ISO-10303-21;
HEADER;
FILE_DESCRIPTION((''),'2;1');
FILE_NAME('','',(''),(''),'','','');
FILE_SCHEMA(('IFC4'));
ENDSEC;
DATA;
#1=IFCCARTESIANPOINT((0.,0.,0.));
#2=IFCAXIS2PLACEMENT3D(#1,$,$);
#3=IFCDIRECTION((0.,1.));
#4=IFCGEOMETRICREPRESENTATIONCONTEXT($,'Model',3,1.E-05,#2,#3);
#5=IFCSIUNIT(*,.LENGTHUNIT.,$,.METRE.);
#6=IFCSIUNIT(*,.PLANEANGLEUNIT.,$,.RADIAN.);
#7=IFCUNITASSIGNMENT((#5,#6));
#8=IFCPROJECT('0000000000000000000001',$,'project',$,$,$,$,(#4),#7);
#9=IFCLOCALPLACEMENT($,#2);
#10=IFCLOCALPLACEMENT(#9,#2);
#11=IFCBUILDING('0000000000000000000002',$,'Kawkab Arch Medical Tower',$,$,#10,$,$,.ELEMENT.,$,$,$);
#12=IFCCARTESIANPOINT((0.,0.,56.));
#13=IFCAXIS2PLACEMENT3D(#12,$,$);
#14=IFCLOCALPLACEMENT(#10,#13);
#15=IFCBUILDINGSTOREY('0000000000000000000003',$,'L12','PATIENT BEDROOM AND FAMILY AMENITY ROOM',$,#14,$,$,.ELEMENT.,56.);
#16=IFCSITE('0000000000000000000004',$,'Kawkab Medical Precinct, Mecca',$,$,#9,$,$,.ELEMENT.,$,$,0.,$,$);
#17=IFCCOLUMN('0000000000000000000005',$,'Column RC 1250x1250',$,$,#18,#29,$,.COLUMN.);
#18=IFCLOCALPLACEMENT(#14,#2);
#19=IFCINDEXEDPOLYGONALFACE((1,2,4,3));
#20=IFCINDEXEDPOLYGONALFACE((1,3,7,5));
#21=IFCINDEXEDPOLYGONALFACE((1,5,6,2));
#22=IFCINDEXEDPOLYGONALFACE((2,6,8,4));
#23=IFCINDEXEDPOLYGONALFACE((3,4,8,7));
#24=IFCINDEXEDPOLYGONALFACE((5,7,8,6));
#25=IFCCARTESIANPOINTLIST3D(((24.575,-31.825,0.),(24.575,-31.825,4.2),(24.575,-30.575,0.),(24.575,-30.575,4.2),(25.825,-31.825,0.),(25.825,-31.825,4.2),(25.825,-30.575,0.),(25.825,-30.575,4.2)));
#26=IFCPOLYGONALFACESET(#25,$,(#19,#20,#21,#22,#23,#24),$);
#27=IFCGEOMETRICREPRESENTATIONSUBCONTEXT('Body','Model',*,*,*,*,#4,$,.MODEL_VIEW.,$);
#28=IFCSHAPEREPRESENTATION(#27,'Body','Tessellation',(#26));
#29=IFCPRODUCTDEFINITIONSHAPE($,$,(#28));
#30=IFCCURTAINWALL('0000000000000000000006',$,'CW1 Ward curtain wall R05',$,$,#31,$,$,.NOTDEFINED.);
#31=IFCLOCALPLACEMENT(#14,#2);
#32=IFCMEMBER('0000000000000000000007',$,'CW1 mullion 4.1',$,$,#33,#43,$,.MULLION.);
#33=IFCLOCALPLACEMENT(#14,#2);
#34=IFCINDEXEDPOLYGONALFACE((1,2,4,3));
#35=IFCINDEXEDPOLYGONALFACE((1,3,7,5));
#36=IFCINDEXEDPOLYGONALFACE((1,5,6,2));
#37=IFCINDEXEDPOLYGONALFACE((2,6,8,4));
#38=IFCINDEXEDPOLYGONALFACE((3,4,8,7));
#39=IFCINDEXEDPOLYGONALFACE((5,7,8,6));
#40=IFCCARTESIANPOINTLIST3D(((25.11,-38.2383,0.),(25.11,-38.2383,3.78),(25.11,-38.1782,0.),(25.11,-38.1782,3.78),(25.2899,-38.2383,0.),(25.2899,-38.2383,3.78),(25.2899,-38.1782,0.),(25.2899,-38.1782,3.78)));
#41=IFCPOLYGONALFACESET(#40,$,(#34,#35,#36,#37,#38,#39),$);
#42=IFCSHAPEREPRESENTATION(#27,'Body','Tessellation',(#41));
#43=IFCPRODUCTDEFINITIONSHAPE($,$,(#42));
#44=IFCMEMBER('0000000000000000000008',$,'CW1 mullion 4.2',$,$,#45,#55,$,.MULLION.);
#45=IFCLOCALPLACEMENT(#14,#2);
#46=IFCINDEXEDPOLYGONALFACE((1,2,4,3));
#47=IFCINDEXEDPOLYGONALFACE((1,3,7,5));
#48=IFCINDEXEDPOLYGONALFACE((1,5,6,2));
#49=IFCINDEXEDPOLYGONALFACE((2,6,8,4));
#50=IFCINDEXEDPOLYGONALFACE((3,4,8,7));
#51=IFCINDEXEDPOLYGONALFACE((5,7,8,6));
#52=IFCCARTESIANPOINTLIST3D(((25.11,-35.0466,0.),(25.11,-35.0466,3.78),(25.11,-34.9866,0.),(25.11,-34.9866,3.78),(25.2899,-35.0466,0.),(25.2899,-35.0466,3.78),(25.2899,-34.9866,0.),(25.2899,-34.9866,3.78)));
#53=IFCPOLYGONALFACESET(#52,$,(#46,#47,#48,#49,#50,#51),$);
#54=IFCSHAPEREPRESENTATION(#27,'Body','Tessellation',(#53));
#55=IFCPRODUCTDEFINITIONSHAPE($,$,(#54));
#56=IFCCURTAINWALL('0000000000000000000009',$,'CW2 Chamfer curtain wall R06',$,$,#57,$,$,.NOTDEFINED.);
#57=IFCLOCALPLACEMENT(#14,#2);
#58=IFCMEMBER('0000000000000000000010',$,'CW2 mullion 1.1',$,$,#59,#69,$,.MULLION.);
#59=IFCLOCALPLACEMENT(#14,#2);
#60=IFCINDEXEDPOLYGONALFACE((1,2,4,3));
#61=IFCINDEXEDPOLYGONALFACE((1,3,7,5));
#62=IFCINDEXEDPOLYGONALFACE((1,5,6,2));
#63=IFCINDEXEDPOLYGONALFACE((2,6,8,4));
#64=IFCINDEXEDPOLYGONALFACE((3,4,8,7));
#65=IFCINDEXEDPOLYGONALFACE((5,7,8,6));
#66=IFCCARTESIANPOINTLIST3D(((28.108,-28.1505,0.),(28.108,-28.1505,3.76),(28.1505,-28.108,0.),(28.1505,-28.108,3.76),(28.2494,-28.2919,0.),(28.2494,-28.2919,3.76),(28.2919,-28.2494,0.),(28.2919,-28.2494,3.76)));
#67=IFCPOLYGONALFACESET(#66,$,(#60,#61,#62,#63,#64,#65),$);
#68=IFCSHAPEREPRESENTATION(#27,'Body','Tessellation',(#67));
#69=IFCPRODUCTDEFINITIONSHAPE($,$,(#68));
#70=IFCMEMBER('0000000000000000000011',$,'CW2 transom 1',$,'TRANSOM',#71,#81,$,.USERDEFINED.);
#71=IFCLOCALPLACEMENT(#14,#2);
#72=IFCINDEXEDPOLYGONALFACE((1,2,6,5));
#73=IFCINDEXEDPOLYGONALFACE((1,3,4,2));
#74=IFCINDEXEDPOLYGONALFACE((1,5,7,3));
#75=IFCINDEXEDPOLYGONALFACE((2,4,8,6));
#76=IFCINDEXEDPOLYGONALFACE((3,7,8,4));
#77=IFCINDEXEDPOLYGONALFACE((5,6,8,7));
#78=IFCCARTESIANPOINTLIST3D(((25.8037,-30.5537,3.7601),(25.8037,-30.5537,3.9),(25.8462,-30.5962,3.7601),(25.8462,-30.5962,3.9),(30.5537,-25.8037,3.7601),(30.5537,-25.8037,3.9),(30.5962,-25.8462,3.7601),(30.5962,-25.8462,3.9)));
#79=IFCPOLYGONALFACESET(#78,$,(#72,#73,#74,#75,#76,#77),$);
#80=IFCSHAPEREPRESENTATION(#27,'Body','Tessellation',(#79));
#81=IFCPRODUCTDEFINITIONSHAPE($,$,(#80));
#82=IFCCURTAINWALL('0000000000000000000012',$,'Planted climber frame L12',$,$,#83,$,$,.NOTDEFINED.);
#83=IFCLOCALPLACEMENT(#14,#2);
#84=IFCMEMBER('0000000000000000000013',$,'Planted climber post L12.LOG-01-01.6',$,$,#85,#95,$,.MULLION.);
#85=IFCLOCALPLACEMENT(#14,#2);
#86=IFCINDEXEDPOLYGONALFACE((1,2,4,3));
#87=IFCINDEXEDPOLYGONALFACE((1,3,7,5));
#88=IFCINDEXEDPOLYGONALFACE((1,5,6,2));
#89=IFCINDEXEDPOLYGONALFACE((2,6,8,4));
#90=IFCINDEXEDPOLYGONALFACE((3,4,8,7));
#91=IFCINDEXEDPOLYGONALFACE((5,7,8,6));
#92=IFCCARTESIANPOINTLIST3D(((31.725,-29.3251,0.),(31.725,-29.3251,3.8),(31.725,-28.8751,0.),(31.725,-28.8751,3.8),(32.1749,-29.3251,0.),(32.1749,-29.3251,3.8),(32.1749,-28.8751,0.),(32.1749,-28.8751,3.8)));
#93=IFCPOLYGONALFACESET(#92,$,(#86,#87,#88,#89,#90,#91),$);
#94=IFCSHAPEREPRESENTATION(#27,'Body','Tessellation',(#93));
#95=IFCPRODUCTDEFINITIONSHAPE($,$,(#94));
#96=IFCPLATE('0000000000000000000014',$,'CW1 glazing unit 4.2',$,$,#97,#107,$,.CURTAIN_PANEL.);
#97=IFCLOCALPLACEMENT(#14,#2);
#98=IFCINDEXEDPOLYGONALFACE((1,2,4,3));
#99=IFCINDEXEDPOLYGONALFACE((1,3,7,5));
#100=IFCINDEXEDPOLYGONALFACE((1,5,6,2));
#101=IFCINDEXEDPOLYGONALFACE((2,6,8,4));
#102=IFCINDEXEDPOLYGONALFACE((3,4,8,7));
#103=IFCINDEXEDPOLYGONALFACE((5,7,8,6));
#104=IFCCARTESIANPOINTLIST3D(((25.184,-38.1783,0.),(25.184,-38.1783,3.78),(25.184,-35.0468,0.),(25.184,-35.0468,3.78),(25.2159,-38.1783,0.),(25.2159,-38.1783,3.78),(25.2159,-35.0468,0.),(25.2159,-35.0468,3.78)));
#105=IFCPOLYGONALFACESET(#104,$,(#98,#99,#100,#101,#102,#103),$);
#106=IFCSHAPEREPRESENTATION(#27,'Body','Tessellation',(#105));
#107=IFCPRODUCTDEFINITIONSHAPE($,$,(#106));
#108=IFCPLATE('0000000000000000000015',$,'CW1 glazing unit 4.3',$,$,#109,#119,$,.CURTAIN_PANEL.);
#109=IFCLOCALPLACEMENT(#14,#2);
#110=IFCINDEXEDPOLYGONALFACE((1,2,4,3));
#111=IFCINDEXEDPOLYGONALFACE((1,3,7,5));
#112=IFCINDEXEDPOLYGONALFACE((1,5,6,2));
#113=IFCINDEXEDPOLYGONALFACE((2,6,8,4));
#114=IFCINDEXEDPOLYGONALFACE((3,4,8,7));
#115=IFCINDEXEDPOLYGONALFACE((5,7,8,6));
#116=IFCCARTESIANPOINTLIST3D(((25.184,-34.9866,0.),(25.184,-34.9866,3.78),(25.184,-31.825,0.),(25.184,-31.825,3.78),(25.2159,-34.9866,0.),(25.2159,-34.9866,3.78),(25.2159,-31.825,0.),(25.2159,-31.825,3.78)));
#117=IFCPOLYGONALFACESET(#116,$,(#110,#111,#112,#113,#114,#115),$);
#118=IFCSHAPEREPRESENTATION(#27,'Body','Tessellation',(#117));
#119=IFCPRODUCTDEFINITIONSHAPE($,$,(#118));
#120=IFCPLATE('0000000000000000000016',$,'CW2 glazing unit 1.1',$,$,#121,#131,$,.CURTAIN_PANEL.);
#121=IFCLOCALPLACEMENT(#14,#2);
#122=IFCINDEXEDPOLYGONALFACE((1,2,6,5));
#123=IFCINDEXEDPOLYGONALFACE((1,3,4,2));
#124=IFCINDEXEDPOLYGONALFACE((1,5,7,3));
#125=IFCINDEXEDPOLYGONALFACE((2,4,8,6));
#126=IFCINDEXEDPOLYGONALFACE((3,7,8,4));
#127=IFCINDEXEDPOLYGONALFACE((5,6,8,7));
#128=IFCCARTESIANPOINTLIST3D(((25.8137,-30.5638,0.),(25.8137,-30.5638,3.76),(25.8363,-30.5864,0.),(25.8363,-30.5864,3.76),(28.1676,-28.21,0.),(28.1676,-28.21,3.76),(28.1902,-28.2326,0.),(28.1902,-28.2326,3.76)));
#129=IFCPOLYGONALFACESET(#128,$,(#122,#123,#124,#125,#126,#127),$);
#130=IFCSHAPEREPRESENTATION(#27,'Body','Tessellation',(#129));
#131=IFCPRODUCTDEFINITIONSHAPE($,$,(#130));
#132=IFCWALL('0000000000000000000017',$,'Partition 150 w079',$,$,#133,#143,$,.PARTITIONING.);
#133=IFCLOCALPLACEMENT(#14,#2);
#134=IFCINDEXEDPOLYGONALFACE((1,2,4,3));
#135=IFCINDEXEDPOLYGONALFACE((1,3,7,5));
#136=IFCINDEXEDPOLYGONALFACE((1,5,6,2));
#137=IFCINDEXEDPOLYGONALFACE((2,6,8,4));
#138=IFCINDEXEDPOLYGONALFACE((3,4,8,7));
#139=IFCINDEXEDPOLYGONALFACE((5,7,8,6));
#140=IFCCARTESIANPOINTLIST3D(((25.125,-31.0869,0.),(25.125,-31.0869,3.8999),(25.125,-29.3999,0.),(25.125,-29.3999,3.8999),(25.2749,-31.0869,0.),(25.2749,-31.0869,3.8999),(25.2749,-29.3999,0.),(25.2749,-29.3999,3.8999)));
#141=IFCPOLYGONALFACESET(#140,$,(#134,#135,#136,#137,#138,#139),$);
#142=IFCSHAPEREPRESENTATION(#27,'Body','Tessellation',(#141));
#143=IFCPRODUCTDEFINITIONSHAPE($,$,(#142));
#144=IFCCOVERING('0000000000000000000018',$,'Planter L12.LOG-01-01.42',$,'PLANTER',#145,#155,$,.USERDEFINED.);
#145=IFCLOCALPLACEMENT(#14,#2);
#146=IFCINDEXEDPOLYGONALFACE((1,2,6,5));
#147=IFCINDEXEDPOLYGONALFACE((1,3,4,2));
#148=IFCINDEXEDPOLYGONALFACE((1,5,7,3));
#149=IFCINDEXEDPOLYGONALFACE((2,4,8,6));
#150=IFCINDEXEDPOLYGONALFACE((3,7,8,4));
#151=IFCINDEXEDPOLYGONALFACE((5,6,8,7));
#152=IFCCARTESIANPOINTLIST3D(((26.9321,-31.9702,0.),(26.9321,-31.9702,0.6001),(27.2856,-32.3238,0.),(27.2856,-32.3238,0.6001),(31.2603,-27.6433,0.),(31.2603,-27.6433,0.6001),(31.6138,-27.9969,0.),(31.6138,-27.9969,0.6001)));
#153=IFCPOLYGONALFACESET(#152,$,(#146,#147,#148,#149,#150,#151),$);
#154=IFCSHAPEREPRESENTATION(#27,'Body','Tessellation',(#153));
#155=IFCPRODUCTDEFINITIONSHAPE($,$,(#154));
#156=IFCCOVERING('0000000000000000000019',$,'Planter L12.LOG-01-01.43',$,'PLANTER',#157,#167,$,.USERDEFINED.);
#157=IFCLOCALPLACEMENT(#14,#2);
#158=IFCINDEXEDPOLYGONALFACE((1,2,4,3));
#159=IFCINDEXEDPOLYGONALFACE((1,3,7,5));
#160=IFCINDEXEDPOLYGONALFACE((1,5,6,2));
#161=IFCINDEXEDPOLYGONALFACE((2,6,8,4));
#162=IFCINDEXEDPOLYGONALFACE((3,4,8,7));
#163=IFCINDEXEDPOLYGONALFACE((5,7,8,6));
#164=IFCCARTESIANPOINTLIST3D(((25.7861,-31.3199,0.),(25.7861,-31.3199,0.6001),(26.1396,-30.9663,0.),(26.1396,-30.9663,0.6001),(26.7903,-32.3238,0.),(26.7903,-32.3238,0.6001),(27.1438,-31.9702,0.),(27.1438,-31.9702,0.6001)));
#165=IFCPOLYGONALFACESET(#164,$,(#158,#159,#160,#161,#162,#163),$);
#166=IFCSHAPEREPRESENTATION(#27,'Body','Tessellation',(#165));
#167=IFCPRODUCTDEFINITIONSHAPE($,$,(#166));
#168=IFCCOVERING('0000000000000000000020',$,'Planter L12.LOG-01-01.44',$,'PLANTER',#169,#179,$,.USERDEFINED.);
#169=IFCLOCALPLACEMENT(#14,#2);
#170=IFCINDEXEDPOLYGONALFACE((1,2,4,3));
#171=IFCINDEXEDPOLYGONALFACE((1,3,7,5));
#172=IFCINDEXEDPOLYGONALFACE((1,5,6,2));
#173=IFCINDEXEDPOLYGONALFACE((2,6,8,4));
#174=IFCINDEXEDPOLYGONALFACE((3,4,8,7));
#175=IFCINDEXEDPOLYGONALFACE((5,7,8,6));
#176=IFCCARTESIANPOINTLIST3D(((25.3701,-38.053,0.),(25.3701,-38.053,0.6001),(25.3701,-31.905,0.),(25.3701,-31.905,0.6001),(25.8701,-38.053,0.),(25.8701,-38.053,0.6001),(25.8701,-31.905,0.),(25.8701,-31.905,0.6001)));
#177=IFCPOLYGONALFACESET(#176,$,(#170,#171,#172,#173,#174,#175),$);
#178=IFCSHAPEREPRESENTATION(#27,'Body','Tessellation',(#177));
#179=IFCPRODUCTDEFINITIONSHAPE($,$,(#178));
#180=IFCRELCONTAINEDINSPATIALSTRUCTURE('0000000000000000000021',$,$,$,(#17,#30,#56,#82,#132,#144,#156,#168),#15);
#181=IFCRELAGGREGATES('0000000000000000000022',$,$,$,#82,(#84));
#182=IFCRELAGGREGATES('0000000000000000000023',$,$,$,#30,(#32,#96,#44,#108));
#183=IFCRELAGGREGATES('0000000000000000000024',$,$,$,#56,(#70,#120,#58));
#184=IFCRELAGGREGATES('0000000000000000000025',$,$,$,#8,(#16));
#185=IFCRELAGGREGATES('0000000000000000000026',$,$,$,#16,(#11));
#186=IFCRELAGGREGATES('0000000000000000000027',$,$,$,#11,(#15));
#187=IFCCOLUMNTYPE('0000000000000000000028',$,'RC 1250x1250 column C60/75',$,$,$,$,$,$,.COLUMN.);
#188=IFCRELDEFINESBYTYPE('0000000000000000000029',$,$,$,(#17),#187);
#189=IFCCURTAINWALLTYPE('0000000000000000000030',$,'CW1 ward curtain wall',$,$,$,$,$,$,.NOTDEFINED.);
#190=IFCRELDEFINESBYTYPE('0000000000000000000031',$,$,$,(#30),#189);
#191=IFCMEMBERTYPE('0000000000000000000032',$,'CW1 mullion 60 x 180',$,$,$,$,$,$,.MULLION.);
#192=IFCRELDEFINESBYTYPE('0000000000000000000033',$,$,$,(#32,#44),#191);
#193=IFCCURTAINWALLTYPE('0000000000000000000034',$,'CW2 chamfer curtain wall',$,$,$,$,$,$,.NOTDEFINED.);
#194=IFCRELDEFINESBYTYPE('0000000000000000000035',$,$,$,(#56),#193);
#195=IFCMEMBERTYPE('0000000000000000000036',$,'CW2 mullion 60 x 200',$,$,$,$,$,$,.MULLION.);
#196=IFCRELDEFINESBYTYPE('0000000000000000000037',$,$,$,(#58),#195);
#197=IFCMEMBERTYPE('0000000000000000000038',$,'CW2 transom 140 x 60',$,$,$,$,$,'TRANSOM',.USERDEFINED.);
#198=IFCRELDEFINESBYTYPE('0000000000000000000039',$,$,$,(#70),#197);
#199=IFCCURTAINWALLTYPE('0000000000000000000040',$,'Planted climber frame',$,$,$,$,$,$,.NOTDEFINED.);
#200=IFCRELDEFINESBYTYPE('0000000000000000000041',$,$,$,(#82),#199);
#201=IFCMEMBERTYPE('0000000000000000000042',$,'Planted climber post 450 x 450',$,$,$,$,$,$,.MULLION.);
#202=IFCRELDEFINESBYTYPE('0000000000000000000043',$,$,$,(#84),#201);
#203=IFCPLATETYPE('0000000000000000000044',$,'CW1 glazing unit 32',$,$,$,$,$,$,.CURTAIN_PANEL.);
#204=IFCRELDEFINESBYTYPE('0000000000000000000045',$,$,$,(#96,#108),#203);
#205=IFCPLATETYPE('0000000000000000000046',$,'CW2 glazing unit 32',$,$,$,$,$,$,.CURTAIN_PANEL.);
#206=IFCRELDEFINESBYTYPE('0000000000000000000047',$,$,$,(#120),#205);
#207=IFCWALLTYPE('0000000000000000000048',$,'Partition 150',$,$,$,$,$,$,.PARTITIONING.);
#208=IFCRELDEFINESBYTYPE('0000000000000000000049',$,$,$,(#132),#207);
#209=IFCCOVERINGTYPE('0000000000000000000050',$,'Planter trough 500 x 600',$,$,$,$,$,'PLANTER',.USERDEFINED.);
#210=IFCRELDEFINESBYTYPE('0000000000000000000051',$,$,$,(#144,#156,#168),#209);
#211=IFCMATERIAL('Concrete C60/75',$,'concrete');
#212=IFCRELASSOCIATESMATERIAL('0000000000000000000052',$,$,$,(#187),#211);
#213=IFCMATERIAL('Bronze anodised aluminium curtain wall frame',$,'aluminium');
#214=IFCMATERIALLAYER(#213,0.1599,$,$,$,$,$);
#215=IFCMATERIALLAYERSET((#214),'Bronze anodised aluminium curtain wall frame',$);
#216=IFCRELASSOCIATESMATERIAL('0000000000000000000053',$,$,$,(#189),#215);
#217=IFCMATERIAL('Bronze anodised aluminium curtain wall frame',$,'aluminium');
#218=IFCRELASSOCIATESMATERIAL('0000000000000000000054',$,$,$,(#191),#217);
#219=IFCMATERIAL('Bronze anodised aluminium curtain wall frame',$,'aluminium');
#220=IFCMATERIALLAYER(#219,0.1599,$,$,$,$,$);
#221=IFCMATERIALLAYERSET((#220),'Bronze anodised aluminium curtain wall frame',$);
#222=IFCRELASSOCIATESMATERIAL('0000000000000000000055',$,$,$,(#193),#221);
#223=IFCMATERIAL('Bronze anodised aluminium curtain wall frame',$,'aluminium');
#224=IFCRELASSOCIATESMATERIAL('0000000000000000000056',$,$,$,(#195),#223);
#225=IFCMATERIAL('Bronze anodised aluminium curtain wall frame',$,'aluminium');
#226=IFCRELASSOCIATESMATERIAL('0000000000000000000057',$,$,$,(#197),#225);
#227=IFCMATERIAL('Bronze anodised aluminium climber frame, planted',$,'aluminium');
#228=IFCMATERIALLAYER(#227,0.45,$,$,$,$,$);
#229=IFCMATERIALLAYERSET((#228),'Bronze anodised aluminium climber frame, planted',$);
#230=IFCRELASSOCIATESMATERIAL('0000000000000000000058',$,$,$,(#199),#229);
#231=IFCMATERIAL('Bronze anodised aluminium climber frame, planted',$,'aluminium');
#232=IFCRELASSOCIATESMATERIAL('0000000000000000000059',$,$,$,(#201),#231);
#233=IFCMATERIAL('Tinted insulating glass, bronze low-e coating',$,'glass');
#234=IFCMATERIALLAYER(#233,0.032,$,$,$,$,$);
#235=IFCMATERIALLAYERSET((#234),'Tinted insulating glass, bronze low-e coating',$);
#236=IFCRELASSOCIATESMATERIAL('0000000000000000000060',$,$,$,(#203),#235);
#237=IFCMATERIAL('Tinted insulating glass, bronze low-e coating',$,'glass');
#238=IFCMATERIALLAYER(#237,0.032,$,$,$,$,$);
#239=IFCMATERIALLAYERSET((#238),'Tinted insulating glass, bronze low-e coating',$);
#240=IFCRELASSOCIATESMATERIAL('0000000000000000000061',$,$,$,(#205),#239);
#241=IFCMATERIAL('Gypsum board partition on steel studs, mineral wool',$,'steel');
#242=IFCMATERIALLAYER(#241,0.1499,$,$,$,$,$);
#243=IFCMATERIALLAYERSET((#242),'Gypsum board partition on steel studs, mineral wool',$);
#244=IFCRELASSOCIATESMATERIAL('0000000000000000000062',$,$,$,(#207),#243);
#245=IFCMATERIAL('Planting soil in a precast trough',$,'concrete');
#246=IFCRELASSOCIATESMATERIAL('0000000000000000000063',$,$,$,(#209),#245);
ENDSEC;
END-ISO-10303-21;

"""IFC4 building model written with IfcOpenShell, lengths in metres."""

from ifc_helpers import new_model, si_unit, direction, frame, frame_2d, origin, origin_2d, place, context, subcontext, project, spatial, rectangle, extrude, material, layer, layer_set, material_profile, profile_set, type_object, element, aggregate, save


model = new_model("IFC4")

# Units and contexts
model_context = context("Model", 3, precision=1e-05, world=origin(), true_north=direction((0.0, 1.0)))
body_context = subcontext(model_context, "Body", "Model", "MODEL_VIEW")
ifc_project = project(units=[si_unit("LENGTHUNIT", "METRE"), si_unit("PLANEANGLEUNIT", "RADIAN")], contexts=[model_context])

# Site, building, storey
site_placement = place(None, origin())
site = spatial("IfcSite", under=ifc_project, at=site_placement, Name="Kawkab Medical Precinct, Mecca", CompositionType="ELEMENT", RefElevation=0.0)
building_placement = place(site_placement, origin())
building = spatial("IfcBuilding", under=site, at=building_placement, Name="Kawkab Arch Medical Tower", CompositionType="ELEMENT")
storey_placement = place(building_placement, frame((0.0, 0.0, 56.0)))
storey = spatial("IfcBuildingStorey", under=building, at=storey_placement, Name="L12", Description="PATIENT BEDROOM AND FAMILY AMENITY ROOM", CompositionType="ELEMENT", Elevation=56.0)

# Column
ifc_material_1 = material(Name="Concrete C60/75", Category="concrete")
ifc_material_profile_1 = material_profile(ifc_material_1, rectangle(XDim=1.25, YDim=1.25, at=origin_2d()), Name="RC 1250x1250")
ifc_profile_set_1 = profile_set([ifc_material_profile_1], Name="Concrete C60/75")
column_type = type_object("IfcColumnType", Name="RC 1250x1250 column C60/75", PredefinedType="COLUMN", material=ifc_profile_set_1)
column_placement = place(storey_placement, frame((25.2, -31.2, 0.0), z_axis=(0.0, 0.0, 1.0), x_axis=(1.0, 0.0, 0.0)))
element("IfcColumn", 1, at=column_placement, inside=storey, type_object=column_type, Name="Column RC 1250x1250", PredefinedType="COLUMN", context=body_context, shape_type="SweptSolid", body=[
    extrude(rectangle(XDim=1.25, YDim=1.25, at=origin_2d()), origin(), (0.0, 0.0, 1.0), 4.2),
])

# Curtain walls, members
ifc_material_2 = material(Name="Bronze anodised aluminium curtain wall frame", Category="aluminium")
ifc_layer_1 = layer(ifc_material_2, 0.1599)
ifc_layer_set_1 = layer_set([ifc_layer_1], Name="Bronze anodised aluminium curtain wall frame")
curtain_wall_type_1 = type_object("IfcCurtainWallType", Name="CW1 ward curtain wall", PredefinedType="NOTDEFINED", material=ifc_layer_set_1)
placement = place(storey_placement, origin())
curtain_wall_1 = element("IfcCurtainWall", 2, at=placement, inside=storey, type_object=curtain_wall_type_1, Name="CW1 Ward curtain wall R05", PredefinedType="NOTDEFINED")
ifc_material_3 = material(Name="Bronze anodised aluminium curtain wall frame", Category="aluminium")
ifc_material_profile_2 = material_profile(ifc_material_3, rectangle(XDim=0.1799, YDim=0.0601, at=origin_2d()), Name="AL 60x180")
ifc_profile_set_2 = profile_set([ifc_material_profile_2], Name="Bronze anodised aluminium curtain wall frame")
member_type_1 = type_object("IfcMemberType", Name="CW1 mullion 60 x 180", PredefinedType="MULLION", material=ifc_profile_set_2)
member_1_placement = place(storey_placement, frame((25.2, -38.2083, 0.0), z_axis=(0.0, 0.0, 1.0), x_axis=(-1.0, 0.0, 0.0)))
member_1 = element("IfcMember", 3, at=member_1_placement, type_object=member_type_1, Name="CW1 mullion 4.1", PredefinedType="MULLION", context=body_context, shape_type="SweptSolid", body=[
    extrude(rectangle(XDim=0.1799, YDim=0.0601, at=origin_2d()), origin(), (0.0, 0.0, 1.0), 3.78),
])
member_2_placement = place(storey_placement, frame((25.2, -35.0166, 0.0), z_axis=(0.0, 0.0, 1.0), x_axis=(-1.0, 0.0, 0.0)))
member_2 = element("IfcMember", 4, at=member_2_placement, type_object=member_type_1, Name="CW1 mullion 4.2", PredefinedType="MULLION", context=body_context, shape_type="SweptSolid", body=[
    extrude(rectangle(XDim=0.1799, YDim=0.0601, at=origin_2d()), origin(), (0.0, 0.0, 1.0), 3.78),
])
ifc_material_4 = material(Name="Bronze anodised aluminium curtain wall frame", Category="aluminium")
ifc_layer_2 = layer(ifc_material_4, 0.1599)
ifc_layer_set_2 = layer_set([ifc_layer_2], Name="Bronze anodised aluminium curtain wall frame")
curtain_wall_type_2 = type_object("IfcCurtainWallType", Name="CW2 chamfer curtain wall", PredefinedType="NOTDEFINED", material=ifc_layer_set_2)
curtain_wall_2 = element("IfcCurtainWall", 5, at=placement, inside=storey, type_object=curtain_wall_type_2, Name="CW2 Chamfer curtain wall R06", PredefinedType="NOTDEFINED")
ifc_material_5 = material(Name="Bronze anodised aluminium curtain wall frame", Category="aluminium")
ifc_material_profile_3 = material_profile(ifc_material_5, rectangle(XDim=0.2, YDim=0.0601, at=origin_2d()), Name="AL 60x200")
ifc_profile_set_3 = profile_set([ifc_material_profile_3], Name="Bronze anodised aluminium curtain wall frame")
member_type_2 = type_object("IfcMemberType", Name="CW2 mullion 60 x 200", PredefinedType="MULLION", material=ifc_profile_set_3)
member_3_placement = place(storey_placement, frame((28.2, -28.2, 0.0), z_axis=(0.0, 0.0, 1.0), x_axis=(-0.707107, 0.707107, 0.0)))
member_3 = element("IfcMember", 6, at=member_3_placement, type_object=member_type_2, Name="CW2 mullion 1.1", PredefinedType="MULLION", context=body_context, shape_type="SweptSolid", body=[
    extrude(rectangle(XDim=0.2, YDim=0.0601, at=origin_2d()), origin(), (0.0, 0.0, 1.0), 3.76),
])
ifc_material_6 = material(Name="Bronze anodised aluminium curtain wall frame", Category="aluminium")
ifc_material_profile_4 = material_profile(ifc_material_6, rectangle(XDim=0.0601, YDim=0.1399, at=origin_2d()), Name="AL 60x140")
ifc_profile_set_4 = profile_set([ifc_material_profile_4], Name="Bronze anodised aluminium curtain wall frame")
member_type_3 = type_object("IfcMemberType", Name="CW2 transom 140 x 60", ElementType="TRANSOM", PredefinedType="USERDEFINED", material=ifc_profile_set_4)
member_4_placement = place(storey_placement, frame((25.825, -30.575, 3.8301), z_axis=(0.707107, 0.707107, 0.0), x_axis=(-0.707107, 0.707107, 0.0)))
member_4 = element("IfcMember", 7, at=member_4_placement, type_object=member_type_3, Name="CW2 transom 1", ObjectType="TRANSOM", PredefinedType="USERDEFINED", context=body_context, shape_type="SweptSolid", body=[
    extrude(rectangle(XDim=0.0601, YDim=0.1399, at=origin_2d()), origin(), (0.0, 0.0, 1.0), 6.7175),
])

# Curtain wall, member
ifc_material_7 = material(Name="Bronze anodised aluminium climber frame, planted", Category="aluminium")
ifc_layer_3 = layer(ifc_material_7, 0.45)
ifc_layer_set_3 = layer_set([ifc_layer_3], Name="Bronze anodised aluminium climber frame, planted")
curtain_wall_type_3 = type_object("IfcCurtainWallType", Name="Planted climber frame", PredefinedType="NOTDEFINED", material=ifc_layer_set_3)
curtain_wall_3 = element("IfcCurtainWall", 8, at=placement, inside=storey, type_object=curtain_wall_type_3, Name="Planted climber frame L12", PredefinedType="NOTDEFINED")
ifc_material_8 = material(Name="Bronze anodised aluminium climber frame, planted", Category="aluminium")
ifc_material_profile_5 = material_profile(ifc_material_8, rectangle(XDim=0.45, YDim=0.45, at=origin_2d()), Name="Post 450x450")
ifc_profile_set_5 = profile_set([ifc_material_profile_5], Name="Bronze anodised aluminium climber frame, planted")
member_type_4 = type_object("IfcMemberType", Name="Planted climber post 450 x 450", PredefinedType="MULLION", material=ifc_profile_set_5)
member_5_placement = place(storey_placement, frame((31.95, -29.1001, 0.0), z_axis=(0.0, 0.0, 1.0), x_axis=(1.0, 0.0, 0.0)))
member_5 = element("IfcMember", 9, at=member_5_placement, type_object=member_type_4, Name="Planted climber post L12.LOG-01-01.6", PredefinedType="MULLION", context=body_context, shape_type="SweptSolid", body=[
    extrude(rectangle(XDim=0.45, YDim=0.45, at=origin_2d()), origin(), (0.0, 0.0, 1.0), 3.8),
])
aggregate(curtain_wall_3, [member_5])

# Plates
ifc_material_9 = material(Name="Tinted insulating glass, bronze low-e coating", Category="glass")
ifc_layer_4 = layer(ifc_material_9, 0.032)
ifc_layer_set_4 = layer_set([ifc_layer_4], Name="Tinted insulating glass, bronze low-e coating")
plate_type_1 = type_object("IfcPlateType", Name="CW1 glazing unit 32", PredefinedType="CURTAIN_PANEL", material=ifc_layer_set_4)
plate_1_placement = place(storey_placement, frame((25.2, -36.6125, 0.0), z_axis=(0.0, 0.0, 1.0), x_axis=(0.0, 1.0, 0.0)))
plate_1 = element("IfcPlate", 10, at=plate_1_placement, type_object=plate_type_1, Name="CW1 glazing unit 4.2", PredefinedType="CURTAIN_PANEL", context=body_context, shape_type="SweptSolid", body=[
    extrude(rectangle(XDim=3.1316, YDim=0.032, at=origin_2d()), origin(), (0.0, 0.0, 1.0), 3.78),
])
plate_2_placement = place(storey_placement, frame((25.2, -33.4058, 0.0), z_axis=(0.0, 0.0, 1.0), x_axis=(0.0, 1.0, 0.0)))
plate_2 = element("IfcPlate", 11, at=plate_2_placement, type_object=plate_type_1, Name="CW1 glazing unit 4.3", PredefinedType="CURTAIN_PANEL", context=body_context, shape_type="SweptSolid", body=[
    extrude(rectangle(XDim=3.1616, YDim=0.032, at=origin_2d()), origin(), (0.0, 0.0, 1.0), 3.78),
])
aggregate(curtain_wall_1, [member_1, plate_1, member_2, plate_2])
ifc_material_10 = material(Name="Tinted insulating glass, bronze low-e coating", Category="glass")
ifc_layer_5 = layer(ifc_material_10, 0.032)
ifc_layer_set_5 = layer_set([ifc_layer_5], Name="Tinted insulating glass, bronze low-e coating")
plate_type_2 = type_object("IfcPlateType", Name="CW2 glazing unit 32", PredefinedType="CURTAIN_PANEL", material=ifc_layer_set_5)
plate_3_placement = place(storey_placement, frame((27.002, -29.3982, 0.0), z_axis=(0.0, 0.0, 1.0), x_axis=(0.707107, 0.707107, 0.0)))
plate_3 = element("IfcPlate", 12, at=plate_3_placement, type_object=plate_type_2, Name="CW2 glazing unit 1.1", PredefinedType="CURTAIN_PANEL", context=body_context, shape_type="SweptSolid", body=[
    extrude(rectangle(XDim=3.3289, YDim=0.032, at=origin_2d()), origin(), (0.0, 0.0, 1.0), 3.76),
])
aggregate(curtain_wall_2, [member_4, plate_3, member_3])

# Wall
ifc_material_11 = material(Name="Gypsum board partition on steel studs, mineral wool", Category="steel")
ifc_layer_6 = layer(ifc_material_11, 0.1499)
ifc_layer_set_6 = layer_set([ifc_layer_6], Name="Gypsum board partition on steel studs, mineral wool")
wall_type = type_object("IfcWallType", Name="Partition 150", PredefinedType="PARTITIONING", material=ifc_layer_set_6)
wall_placement = place(storey_placement, frame((25.2, -31.0869, 0.0), z_axis=(0.0, 0.0, 1.0), x_axis=(0.0, 1.0, 0.0)))
element("IfcWall", 13, at=wall_placement, inside=storey, type_object=wall_type, Name="Partition 150 w079", PredefinedType="PARTITIONING", context=body_context, shape_type="SweptSolid", body=[
    extrude(rectangle(XDim=1.687, YDim=0.1499, at=frame_2d((0.8435, 0.0))), origin(), (0.0, 0.0, 1.0), 3.8999),
])

# Coverings
ifc_material_12 = material(Name="Planting soil in a precast trough", Category="concrete")
ifc_material_profile_6 = material_profile(ifc_material_12, rectangle(XDim=0.5, YDim=0.6001, at=origin_2d()), Name="Trough 500x600")
ifc_profile_set_6 = profile_set([ifc_material_profile_6], Name="Planting soil in a precast trough")
covering_type = type_object("IfcCoveringType", Name="Planter trough 500 x 600", ElementType="PLANTER", PredefinedType="USERDEFINED", material=ifc_profile_set_6)
covering_1_placement = place(storey_placement, frame((31.437, -27.8201, 0.3), z_axis=(-0.707207, -0.707007, 0.0), x_axis=(0.707007, -0.707207, 0.0)))
element("IfcCovering", 14, at=covering_1_placement, inside=storey, type_object=covering_type, Name="Planter L12.LOG-01-01.42", ObjectType="PLANTER", PredefinedType="USERDEFINED", context=body_context, shape_type="SweptSolid", body=[
    extrude(rectangle(XDim=0.5, YDim=0.6001, at=origin_2d()), origin(), (0.0, 0.0, 1.0), 6.1201),
])
covering_2_placement = place(storey_placement, frame((26.967, -32.147, 0.3), z_axis=(-0.707193, 0.707021, 0.0), x_axis=(-0.707021, -0.707193, 0.0)))
element("IfcCovering", 15, at=covering_2_placement, inside=storey, type_object=covering_type, Name="Planter L12.LOG-01-01.43", ObjectType="PLANTER", PredefinedType="USERDEFINED", context=body_context, shape_type="SweptSolid", body=[
    extrude(rectangle(XDim=0.5, YDim=0.6001, at=origin_2d()), origin(), (0.0, 0.0, 1.0), 1.4199),
])
covering_3_placement = place(storey_placement, frame((25.6201, -31.905, 0.3), z_axis=(0.0, -1.0, 0.0), x_axis=(1.0, 0.0, 0.0)))
element("IfcCovering", 16, at=covering_3_placement, inside=storey, type_object=covering_type, Name="Planter L12.LOG-01-01.44", ObjectType="PLANTER", PredefinedType="USERDEFINED", context=body_context, shape_type="SweptSolid", body=[
    extrude(rectangle(XDim=0.5, YDim=0.6001, at=origin_2d()), origin(), (0.0, 0.0, 1.0), 6.1479),
])

save(model, "model.ifc")
